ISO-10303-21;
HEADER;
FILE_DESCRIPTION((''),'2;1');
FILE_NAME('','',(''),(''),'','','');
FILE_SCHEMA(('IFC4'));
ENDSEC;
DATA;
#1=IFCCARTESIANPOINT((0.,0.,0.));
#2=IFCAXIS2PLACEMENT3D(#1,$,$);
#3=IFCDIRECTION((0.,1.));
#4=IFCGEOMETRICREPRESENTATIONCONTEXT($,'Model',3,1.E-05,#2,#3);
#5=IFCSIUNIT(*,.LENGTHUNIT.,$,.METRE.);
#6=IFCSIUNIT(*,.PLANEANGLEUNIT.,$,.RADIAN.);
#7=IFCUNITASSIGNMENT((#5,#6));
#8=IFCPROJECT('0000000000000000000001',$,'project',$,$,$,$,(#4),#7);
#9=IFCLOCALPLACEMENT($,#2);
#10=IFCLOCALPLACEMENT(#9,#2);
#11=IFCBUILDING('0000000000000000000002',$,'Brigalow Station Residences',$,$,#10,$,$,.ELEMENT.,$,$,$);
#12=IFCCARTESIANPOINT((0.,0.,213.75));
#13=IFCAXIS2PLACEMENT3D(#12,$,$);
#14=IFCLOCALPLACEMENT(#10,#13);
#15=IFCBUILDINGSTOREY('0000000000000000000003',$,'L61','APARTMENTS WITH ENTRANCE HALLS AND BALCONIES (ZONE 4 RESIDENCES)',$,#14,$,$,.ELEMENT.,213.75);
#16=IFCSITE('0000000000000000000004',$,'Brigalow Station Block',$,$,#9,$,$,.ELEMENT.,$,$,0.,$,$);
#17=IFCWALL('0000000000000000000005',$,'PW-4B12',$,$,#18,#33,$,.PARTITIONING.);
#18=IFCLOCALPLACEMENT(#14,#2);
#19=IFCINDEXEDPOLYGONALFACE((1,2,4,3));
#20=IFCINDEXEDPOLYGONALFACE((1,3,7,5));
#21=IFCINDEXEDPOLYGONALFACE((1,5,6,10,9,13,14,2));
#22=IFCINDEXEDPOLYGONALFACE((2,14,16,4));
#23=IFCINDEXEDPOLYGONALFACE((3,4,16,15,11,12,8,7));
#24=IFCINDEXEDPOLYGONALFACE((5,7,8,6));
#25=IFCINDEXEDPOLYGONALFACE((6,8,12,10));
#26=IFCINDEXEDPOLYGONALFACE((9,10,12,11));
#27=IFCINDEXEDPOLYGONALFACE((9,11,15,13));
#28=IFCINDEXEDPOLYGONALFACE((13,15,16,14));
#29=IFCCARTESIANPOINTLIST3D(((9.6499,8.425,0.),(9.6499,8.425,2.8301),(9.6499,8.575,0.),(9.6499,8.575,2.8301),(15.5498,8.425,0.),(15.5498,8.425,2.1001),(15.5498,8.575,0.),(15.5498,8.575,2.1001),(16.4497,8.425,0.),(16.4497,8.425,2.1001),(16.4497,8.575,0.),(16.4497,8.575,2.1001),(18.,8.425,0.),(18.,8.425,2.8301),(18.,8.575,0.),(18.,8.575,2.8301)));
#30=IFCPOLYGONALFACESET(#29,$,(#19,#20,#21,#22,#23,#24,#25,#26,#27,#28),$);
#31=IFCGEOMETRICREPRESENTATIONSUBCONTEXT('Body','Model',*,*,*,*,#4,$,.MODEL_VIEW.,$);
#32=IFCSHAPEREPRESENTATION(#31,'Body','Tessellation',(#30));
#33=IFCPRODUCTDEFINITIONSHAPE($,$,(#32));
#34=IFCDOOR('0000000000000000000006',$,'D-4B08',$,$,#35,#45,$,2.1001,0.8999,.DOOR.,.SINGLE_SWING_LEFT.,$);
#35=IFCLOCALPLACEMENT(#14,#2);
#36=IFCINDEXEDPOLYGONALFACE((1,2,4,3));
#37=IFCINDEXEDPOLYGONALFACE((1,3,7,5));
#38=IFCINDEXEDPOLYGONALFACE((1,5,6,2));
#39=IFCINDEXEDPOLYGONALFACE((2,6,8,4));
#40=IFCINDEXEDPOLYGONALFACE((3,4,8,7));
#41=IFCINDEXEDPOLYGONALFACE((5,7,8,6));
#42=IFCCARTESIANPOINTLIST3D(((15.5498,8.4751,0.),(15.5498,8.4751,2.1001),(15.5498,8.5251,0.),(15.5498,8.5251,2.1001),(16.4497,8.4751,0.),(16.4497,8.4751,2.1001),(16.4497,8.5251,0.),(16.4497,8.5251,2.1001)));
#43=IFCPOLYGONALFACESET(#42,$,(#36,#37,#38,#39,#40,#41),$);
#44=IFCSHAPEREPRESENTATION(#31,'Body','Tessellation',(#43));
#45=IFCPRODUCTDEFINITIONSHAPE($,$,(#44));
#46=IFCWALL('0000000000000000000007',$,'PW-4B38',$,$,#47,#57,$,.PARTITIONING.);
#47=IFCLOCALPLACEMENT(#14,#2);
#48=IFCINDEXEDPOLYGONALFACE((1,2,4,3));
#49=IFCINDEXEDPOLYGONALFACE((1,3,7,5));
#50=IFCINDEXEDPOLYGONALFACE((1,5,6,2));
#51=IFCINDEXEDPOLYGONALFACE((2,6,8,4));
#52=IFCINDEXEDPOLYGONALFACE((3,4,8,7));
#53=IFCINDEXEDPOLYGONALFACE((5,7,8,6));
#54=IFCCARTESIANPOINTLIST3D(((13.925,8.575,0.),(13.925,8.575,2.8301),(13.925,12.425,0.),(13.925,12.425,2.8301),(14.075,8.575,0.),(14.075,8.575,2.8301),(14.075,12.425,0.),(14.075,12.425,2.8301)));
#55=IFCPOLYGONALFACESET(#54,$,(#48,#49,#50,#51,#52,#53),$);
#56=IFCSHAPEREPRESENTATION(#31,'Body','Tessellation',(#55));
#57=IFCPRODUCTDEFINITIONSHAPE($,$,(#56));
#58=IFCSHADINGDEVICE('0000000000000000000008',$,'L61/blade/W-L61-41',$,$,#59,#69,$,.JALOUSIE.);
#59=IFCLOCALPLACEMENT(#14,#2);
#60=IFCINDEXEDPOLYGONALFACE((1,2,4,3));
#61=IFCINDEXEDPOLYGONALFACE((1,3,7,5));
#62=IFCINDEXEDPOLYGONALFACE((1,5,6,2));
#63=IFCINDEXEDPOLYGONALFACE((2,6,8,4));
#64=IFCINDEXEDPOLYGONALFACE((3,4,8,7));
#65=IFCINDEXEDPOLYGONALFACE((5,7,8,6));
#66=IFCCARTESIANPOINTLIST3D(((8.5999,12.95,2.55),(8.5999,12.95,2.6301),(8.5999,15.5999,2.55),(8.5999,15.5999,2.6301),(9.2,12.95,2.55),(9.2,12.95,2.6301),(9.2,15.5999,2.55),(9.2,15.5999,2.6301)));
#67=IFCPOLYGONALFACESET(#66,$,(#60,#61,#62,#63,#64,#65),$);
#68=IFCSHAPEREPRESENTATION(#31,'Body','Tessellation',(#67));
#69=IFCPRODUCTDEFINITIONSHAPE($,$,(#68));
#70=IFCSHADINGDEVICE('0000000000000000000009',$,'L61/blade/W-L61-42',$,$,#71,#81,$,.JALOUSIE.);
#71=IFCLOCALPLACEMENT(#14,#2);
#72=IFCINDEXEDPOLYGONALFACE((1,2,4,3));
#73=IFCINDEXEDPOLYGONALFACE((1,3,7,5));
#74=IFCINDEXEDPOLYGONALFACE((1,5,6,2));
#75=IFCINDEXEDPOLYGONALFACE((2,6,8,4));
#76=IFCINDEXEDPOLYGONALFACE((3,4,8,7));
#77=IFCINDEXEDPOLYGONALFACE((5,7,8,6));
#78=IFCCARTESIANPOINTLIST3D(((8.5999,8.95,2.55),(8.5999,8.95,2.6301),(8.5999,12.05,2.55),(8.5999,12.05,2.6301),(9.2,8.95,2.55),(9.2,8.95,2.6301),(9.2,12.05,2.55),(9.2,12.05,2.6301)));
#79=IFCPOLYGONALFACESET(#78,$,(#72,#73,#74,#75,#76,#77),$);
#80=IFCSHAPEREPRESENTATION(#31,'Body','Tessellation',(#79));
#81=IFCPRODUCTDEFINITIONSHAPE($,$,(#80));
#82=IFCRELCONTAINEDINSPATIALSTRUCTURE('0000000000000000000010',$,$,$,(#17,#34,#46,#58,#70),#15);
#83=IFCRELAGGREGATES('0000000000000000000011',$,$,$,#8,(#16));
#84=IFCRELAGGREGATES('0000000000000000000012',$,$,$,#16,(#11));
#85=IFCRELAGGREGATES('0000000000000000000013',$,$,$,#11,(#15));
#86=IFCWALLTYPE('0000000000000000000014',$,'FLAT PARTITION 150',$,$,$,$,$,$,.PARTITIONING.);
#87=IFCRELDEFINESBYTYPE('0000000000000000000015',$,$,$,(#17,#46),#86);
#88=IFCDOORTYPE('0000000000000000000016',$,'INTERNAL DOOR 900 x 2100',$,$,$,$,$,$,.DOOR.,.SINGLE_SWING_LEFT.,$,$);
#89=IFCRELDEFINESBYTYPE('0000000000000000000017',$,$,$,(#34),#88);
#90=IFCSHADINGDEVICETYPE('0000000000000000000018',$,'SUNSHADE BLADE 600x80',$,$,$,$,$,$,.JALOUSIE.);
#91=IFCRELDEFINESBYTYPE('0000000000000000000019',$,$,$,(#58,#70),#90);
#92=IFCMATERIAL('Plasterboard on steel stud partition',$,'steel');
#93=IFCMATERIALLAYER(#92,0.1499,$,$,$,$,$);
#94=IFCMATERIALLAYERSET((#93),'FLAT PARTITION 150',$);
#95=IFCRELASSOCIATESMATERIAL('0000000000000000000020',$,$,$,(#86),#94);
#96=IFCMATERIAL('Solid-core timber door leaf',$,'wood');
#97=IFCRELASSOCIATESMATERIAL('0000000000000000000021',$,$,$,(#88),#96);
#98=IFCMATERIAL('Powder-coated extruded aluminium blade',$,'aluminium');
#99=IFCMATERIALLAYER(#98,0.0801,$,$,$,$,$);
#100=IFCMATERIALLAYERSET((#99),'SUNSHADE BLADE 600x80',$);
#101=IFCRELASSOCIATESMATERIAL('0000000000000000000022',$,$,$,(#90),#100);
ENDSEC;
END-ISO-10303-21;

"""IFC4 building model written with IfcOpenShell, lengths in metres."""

from ifc_helpers import new_model, si_unit, direction, frame, frame_2d, origin, origin_2d, place, context, subcontext, project, spatial, rectangle, extrude, material, layer, layer_set, type_object, element, fill, save


model = new_model("IFC4")

# Units and contexts
model_context = context("Model", 3, precision=1e-05, world=origin(), true_north=direction((0.0, 1.0)))
body_context = subcontext(model_context, "Body", "Model", "MODEL_VIEW")
ifc_project = project(units=[si_unit("LENGTHUNIT", "METRE"), si_unit("PLANEANGLEUNIT", "RADIAN")], contexts=[model_context])

# Site, building, storey
site_placement = place(None, origin())
site = spatial("IfcSite", under=ifc_project, at=site_placement, Name="Brigalow Station Block", CompositionType="ELEMENT", RefElevation=0.0)
building_placement = place(site_placement, origin())
building = spatial("IfcBuilding", under=site, at=building_placement, Name="Brigalow Station Residences", CompositionType="ELEMENT")
storey_placement = place(building_placement, frame((0.0, 0.0, 213.75)))
storey = spatial("IfcBuildingStorey", under=building, at=storey_placement, Name="L61", Description="APARTMENTS WITH ENTRANCE HALLS AND BALCONIES (ZONE 4 RESIDENCES)", CompositionType="ELEMENT", Elevation=213.75)

# Shared definitions
ifc_material_1 = material(Name="Plasterboard on steel stud partition", Category="steel")
ifc_layer_1 = layer(ifc_material_1, 0.1499)
ifc_layer_set_1 = layer_set([ifc_layer_1], Name="FLAT PARTITION 150")
wall_type_1 = type_object("IfcWallType", Name="FLAT PARTITION 150", PredefinedType="PARTITIONING", material=ifc_layer_set_1)
ifc_material_2 = material(Name="Solid-core timber door leaf", Category="wood")
door_type = type_object("IfcDoorType", Name="INTERNAL DOOR 900 x 2100", OperationType="SINGLE_SWING_LEFT", PredefinedType="DOOR", material=ifc_material_2)

# Wall, opening, door
wall_1_placement = place(storey_placement, frame((9.6499, 8.5, 0.0), z_axis=(0.0, 0.0, 1.0), x_axis=(1.0, 0.0, 0.0)))
wall_1 = element("IfcWall", 1, at=wall_1_placement, inside=storey, type_object=wall_type_1, Name="PW-4B12", PredefinedType="PARTITIONING", context=body_context, shape_type="SweptSolid", body=[
    extrude(rectangle(XDim=8.3501, YDim=0.1499, at=frame_2d((4.175, 0.0))), origin(), (0.0, 0.0, 1.0), 2.8301),
])
opening_1_placement = place(wall_1_placement, frame((5.8999, 0.0, 0.0)))
opening_1 = element("IfcOpeningElement", 2, at=opening_1_placement, cuts=wall_1, PredefinedType="OPENING", context=body_context, shape_type="SweptSolid", body=[
    extrude(rectangle(XDim=0.8999, YDim=2.1001, at=frame_2d((0.45, 1.05))), frame((0.0, 0.085, 0.0), z_axis=(0.0, -1.0, 0.0), x_axis=(1.0, 0.0, 0.0)), (0.0, 0.0, 1.0), 0.1699),
])
door_1_placement = place(opening_1_placement, frame((0.8999, 0.0, 0.0), z_axis=(0.0, 0.0, 1.0), x_axis=(-1.0, 0.0, 0.0)))
door_1 = element("IfcDoor", 3, at=door_1_placement, inside=storey, type_object=door_type, Name="D-4B08", OperationType="SINGLE_SWING_LEFT", OverallHeight=2.1001, OverallWidth=0.8999, PredefinedType="DOOR", context=body_context, shape_type="SweptSolid", body=[
    extrude(rectangle(XDim=0.8999, YDim=2.1001, at=frame_2d((0.45, 1.05))), frame((0.0, 0.0249, 0.0), z_axis=(0.0, -1.0, 0.0), x_axis=(1.0, 0.0, 0.0)), (0.0, 0.0, 1.0), 0.05),
])
fill(opening_1, door_1)

# Wall
wall_2_placement = place(storey_placement, frame((14.0, 8.575, 0.0), z_axis=(0.0, 0.0, 1.0), x_axis=(0.0, 1.0, 0.0)))
element("IfcWall", 4, at=wall_2_placement, inside=storey, type_object=wall_type_1, Name="PW-4B38", PredefinedType="PARTITIONING", context=body_context, shape_type="SweptSolid", body=[
    extrude(rectangle(XDim=3.8501, YDim=0.1499, at=frame_2d((1.925, 0.0))), origin(), (0.0, 0.0, 1.0), 2.8301),
])

# Shading devices
ifc_material_3 = material(Name="Powder-coated extruded aluminium blade", Category="aluminium")
ifc_layer_2 = layer(ifc_material_3, 0.0801)
ifc_layer_set_2 = layer_set([ifc_layer_2], Name="SUNSHADE BLADE 600x80")
shading_device_type = type_object("IfcShadingDeviceType", Name="SUNSHADE BLADE 600x80", PredefinedType="JALOUSIE", material=ifc_layer_set_2)
shading_device_1_placement = place(storey_placement, frame((8.8999, 14.2749, 2.55), z_axis=(0.0, 0.0, 1.0), x_axis=(0.0, -1.0, 0.0)))
element("IfcShadingDevice", 5, at=shading_device_1_placement, inside=storey, type_object=shading_device_type, Name="L61/blade/W-L61-41", PredefinedType="JALOUSIE", context=body_context, shape_type="SweptSolid", body=[
    extrude(rectangle(XDim=2.6499, YDim=0.6001, at=origin_2d()), origin(), (0.0, 0.0, 1.0), 0.0801),
])
shading_device_2_placement = place(storey_placement, frame((8.8999, 10.5, 2.55), z_axis=(0.0, 0.0, 1.0), x_axis=(0.0, -1.0, 0.0)))
element("IfcShadingDevice", 6, at=shading_device_2_placement, inside=storey, type_object=shading_device_type, Name="L61/blade/W-L61-42", PredefinedType="JALOUSIE", context=body_context, shape_type="SweptSolid", body=[
    extrude(rectangle(XDim=3.1001, YDim=0.6001, at=origin_2d()), origin(), (0.0, 0.0, 1.0), 0.0801),
])

save(model, "model.ifc")
